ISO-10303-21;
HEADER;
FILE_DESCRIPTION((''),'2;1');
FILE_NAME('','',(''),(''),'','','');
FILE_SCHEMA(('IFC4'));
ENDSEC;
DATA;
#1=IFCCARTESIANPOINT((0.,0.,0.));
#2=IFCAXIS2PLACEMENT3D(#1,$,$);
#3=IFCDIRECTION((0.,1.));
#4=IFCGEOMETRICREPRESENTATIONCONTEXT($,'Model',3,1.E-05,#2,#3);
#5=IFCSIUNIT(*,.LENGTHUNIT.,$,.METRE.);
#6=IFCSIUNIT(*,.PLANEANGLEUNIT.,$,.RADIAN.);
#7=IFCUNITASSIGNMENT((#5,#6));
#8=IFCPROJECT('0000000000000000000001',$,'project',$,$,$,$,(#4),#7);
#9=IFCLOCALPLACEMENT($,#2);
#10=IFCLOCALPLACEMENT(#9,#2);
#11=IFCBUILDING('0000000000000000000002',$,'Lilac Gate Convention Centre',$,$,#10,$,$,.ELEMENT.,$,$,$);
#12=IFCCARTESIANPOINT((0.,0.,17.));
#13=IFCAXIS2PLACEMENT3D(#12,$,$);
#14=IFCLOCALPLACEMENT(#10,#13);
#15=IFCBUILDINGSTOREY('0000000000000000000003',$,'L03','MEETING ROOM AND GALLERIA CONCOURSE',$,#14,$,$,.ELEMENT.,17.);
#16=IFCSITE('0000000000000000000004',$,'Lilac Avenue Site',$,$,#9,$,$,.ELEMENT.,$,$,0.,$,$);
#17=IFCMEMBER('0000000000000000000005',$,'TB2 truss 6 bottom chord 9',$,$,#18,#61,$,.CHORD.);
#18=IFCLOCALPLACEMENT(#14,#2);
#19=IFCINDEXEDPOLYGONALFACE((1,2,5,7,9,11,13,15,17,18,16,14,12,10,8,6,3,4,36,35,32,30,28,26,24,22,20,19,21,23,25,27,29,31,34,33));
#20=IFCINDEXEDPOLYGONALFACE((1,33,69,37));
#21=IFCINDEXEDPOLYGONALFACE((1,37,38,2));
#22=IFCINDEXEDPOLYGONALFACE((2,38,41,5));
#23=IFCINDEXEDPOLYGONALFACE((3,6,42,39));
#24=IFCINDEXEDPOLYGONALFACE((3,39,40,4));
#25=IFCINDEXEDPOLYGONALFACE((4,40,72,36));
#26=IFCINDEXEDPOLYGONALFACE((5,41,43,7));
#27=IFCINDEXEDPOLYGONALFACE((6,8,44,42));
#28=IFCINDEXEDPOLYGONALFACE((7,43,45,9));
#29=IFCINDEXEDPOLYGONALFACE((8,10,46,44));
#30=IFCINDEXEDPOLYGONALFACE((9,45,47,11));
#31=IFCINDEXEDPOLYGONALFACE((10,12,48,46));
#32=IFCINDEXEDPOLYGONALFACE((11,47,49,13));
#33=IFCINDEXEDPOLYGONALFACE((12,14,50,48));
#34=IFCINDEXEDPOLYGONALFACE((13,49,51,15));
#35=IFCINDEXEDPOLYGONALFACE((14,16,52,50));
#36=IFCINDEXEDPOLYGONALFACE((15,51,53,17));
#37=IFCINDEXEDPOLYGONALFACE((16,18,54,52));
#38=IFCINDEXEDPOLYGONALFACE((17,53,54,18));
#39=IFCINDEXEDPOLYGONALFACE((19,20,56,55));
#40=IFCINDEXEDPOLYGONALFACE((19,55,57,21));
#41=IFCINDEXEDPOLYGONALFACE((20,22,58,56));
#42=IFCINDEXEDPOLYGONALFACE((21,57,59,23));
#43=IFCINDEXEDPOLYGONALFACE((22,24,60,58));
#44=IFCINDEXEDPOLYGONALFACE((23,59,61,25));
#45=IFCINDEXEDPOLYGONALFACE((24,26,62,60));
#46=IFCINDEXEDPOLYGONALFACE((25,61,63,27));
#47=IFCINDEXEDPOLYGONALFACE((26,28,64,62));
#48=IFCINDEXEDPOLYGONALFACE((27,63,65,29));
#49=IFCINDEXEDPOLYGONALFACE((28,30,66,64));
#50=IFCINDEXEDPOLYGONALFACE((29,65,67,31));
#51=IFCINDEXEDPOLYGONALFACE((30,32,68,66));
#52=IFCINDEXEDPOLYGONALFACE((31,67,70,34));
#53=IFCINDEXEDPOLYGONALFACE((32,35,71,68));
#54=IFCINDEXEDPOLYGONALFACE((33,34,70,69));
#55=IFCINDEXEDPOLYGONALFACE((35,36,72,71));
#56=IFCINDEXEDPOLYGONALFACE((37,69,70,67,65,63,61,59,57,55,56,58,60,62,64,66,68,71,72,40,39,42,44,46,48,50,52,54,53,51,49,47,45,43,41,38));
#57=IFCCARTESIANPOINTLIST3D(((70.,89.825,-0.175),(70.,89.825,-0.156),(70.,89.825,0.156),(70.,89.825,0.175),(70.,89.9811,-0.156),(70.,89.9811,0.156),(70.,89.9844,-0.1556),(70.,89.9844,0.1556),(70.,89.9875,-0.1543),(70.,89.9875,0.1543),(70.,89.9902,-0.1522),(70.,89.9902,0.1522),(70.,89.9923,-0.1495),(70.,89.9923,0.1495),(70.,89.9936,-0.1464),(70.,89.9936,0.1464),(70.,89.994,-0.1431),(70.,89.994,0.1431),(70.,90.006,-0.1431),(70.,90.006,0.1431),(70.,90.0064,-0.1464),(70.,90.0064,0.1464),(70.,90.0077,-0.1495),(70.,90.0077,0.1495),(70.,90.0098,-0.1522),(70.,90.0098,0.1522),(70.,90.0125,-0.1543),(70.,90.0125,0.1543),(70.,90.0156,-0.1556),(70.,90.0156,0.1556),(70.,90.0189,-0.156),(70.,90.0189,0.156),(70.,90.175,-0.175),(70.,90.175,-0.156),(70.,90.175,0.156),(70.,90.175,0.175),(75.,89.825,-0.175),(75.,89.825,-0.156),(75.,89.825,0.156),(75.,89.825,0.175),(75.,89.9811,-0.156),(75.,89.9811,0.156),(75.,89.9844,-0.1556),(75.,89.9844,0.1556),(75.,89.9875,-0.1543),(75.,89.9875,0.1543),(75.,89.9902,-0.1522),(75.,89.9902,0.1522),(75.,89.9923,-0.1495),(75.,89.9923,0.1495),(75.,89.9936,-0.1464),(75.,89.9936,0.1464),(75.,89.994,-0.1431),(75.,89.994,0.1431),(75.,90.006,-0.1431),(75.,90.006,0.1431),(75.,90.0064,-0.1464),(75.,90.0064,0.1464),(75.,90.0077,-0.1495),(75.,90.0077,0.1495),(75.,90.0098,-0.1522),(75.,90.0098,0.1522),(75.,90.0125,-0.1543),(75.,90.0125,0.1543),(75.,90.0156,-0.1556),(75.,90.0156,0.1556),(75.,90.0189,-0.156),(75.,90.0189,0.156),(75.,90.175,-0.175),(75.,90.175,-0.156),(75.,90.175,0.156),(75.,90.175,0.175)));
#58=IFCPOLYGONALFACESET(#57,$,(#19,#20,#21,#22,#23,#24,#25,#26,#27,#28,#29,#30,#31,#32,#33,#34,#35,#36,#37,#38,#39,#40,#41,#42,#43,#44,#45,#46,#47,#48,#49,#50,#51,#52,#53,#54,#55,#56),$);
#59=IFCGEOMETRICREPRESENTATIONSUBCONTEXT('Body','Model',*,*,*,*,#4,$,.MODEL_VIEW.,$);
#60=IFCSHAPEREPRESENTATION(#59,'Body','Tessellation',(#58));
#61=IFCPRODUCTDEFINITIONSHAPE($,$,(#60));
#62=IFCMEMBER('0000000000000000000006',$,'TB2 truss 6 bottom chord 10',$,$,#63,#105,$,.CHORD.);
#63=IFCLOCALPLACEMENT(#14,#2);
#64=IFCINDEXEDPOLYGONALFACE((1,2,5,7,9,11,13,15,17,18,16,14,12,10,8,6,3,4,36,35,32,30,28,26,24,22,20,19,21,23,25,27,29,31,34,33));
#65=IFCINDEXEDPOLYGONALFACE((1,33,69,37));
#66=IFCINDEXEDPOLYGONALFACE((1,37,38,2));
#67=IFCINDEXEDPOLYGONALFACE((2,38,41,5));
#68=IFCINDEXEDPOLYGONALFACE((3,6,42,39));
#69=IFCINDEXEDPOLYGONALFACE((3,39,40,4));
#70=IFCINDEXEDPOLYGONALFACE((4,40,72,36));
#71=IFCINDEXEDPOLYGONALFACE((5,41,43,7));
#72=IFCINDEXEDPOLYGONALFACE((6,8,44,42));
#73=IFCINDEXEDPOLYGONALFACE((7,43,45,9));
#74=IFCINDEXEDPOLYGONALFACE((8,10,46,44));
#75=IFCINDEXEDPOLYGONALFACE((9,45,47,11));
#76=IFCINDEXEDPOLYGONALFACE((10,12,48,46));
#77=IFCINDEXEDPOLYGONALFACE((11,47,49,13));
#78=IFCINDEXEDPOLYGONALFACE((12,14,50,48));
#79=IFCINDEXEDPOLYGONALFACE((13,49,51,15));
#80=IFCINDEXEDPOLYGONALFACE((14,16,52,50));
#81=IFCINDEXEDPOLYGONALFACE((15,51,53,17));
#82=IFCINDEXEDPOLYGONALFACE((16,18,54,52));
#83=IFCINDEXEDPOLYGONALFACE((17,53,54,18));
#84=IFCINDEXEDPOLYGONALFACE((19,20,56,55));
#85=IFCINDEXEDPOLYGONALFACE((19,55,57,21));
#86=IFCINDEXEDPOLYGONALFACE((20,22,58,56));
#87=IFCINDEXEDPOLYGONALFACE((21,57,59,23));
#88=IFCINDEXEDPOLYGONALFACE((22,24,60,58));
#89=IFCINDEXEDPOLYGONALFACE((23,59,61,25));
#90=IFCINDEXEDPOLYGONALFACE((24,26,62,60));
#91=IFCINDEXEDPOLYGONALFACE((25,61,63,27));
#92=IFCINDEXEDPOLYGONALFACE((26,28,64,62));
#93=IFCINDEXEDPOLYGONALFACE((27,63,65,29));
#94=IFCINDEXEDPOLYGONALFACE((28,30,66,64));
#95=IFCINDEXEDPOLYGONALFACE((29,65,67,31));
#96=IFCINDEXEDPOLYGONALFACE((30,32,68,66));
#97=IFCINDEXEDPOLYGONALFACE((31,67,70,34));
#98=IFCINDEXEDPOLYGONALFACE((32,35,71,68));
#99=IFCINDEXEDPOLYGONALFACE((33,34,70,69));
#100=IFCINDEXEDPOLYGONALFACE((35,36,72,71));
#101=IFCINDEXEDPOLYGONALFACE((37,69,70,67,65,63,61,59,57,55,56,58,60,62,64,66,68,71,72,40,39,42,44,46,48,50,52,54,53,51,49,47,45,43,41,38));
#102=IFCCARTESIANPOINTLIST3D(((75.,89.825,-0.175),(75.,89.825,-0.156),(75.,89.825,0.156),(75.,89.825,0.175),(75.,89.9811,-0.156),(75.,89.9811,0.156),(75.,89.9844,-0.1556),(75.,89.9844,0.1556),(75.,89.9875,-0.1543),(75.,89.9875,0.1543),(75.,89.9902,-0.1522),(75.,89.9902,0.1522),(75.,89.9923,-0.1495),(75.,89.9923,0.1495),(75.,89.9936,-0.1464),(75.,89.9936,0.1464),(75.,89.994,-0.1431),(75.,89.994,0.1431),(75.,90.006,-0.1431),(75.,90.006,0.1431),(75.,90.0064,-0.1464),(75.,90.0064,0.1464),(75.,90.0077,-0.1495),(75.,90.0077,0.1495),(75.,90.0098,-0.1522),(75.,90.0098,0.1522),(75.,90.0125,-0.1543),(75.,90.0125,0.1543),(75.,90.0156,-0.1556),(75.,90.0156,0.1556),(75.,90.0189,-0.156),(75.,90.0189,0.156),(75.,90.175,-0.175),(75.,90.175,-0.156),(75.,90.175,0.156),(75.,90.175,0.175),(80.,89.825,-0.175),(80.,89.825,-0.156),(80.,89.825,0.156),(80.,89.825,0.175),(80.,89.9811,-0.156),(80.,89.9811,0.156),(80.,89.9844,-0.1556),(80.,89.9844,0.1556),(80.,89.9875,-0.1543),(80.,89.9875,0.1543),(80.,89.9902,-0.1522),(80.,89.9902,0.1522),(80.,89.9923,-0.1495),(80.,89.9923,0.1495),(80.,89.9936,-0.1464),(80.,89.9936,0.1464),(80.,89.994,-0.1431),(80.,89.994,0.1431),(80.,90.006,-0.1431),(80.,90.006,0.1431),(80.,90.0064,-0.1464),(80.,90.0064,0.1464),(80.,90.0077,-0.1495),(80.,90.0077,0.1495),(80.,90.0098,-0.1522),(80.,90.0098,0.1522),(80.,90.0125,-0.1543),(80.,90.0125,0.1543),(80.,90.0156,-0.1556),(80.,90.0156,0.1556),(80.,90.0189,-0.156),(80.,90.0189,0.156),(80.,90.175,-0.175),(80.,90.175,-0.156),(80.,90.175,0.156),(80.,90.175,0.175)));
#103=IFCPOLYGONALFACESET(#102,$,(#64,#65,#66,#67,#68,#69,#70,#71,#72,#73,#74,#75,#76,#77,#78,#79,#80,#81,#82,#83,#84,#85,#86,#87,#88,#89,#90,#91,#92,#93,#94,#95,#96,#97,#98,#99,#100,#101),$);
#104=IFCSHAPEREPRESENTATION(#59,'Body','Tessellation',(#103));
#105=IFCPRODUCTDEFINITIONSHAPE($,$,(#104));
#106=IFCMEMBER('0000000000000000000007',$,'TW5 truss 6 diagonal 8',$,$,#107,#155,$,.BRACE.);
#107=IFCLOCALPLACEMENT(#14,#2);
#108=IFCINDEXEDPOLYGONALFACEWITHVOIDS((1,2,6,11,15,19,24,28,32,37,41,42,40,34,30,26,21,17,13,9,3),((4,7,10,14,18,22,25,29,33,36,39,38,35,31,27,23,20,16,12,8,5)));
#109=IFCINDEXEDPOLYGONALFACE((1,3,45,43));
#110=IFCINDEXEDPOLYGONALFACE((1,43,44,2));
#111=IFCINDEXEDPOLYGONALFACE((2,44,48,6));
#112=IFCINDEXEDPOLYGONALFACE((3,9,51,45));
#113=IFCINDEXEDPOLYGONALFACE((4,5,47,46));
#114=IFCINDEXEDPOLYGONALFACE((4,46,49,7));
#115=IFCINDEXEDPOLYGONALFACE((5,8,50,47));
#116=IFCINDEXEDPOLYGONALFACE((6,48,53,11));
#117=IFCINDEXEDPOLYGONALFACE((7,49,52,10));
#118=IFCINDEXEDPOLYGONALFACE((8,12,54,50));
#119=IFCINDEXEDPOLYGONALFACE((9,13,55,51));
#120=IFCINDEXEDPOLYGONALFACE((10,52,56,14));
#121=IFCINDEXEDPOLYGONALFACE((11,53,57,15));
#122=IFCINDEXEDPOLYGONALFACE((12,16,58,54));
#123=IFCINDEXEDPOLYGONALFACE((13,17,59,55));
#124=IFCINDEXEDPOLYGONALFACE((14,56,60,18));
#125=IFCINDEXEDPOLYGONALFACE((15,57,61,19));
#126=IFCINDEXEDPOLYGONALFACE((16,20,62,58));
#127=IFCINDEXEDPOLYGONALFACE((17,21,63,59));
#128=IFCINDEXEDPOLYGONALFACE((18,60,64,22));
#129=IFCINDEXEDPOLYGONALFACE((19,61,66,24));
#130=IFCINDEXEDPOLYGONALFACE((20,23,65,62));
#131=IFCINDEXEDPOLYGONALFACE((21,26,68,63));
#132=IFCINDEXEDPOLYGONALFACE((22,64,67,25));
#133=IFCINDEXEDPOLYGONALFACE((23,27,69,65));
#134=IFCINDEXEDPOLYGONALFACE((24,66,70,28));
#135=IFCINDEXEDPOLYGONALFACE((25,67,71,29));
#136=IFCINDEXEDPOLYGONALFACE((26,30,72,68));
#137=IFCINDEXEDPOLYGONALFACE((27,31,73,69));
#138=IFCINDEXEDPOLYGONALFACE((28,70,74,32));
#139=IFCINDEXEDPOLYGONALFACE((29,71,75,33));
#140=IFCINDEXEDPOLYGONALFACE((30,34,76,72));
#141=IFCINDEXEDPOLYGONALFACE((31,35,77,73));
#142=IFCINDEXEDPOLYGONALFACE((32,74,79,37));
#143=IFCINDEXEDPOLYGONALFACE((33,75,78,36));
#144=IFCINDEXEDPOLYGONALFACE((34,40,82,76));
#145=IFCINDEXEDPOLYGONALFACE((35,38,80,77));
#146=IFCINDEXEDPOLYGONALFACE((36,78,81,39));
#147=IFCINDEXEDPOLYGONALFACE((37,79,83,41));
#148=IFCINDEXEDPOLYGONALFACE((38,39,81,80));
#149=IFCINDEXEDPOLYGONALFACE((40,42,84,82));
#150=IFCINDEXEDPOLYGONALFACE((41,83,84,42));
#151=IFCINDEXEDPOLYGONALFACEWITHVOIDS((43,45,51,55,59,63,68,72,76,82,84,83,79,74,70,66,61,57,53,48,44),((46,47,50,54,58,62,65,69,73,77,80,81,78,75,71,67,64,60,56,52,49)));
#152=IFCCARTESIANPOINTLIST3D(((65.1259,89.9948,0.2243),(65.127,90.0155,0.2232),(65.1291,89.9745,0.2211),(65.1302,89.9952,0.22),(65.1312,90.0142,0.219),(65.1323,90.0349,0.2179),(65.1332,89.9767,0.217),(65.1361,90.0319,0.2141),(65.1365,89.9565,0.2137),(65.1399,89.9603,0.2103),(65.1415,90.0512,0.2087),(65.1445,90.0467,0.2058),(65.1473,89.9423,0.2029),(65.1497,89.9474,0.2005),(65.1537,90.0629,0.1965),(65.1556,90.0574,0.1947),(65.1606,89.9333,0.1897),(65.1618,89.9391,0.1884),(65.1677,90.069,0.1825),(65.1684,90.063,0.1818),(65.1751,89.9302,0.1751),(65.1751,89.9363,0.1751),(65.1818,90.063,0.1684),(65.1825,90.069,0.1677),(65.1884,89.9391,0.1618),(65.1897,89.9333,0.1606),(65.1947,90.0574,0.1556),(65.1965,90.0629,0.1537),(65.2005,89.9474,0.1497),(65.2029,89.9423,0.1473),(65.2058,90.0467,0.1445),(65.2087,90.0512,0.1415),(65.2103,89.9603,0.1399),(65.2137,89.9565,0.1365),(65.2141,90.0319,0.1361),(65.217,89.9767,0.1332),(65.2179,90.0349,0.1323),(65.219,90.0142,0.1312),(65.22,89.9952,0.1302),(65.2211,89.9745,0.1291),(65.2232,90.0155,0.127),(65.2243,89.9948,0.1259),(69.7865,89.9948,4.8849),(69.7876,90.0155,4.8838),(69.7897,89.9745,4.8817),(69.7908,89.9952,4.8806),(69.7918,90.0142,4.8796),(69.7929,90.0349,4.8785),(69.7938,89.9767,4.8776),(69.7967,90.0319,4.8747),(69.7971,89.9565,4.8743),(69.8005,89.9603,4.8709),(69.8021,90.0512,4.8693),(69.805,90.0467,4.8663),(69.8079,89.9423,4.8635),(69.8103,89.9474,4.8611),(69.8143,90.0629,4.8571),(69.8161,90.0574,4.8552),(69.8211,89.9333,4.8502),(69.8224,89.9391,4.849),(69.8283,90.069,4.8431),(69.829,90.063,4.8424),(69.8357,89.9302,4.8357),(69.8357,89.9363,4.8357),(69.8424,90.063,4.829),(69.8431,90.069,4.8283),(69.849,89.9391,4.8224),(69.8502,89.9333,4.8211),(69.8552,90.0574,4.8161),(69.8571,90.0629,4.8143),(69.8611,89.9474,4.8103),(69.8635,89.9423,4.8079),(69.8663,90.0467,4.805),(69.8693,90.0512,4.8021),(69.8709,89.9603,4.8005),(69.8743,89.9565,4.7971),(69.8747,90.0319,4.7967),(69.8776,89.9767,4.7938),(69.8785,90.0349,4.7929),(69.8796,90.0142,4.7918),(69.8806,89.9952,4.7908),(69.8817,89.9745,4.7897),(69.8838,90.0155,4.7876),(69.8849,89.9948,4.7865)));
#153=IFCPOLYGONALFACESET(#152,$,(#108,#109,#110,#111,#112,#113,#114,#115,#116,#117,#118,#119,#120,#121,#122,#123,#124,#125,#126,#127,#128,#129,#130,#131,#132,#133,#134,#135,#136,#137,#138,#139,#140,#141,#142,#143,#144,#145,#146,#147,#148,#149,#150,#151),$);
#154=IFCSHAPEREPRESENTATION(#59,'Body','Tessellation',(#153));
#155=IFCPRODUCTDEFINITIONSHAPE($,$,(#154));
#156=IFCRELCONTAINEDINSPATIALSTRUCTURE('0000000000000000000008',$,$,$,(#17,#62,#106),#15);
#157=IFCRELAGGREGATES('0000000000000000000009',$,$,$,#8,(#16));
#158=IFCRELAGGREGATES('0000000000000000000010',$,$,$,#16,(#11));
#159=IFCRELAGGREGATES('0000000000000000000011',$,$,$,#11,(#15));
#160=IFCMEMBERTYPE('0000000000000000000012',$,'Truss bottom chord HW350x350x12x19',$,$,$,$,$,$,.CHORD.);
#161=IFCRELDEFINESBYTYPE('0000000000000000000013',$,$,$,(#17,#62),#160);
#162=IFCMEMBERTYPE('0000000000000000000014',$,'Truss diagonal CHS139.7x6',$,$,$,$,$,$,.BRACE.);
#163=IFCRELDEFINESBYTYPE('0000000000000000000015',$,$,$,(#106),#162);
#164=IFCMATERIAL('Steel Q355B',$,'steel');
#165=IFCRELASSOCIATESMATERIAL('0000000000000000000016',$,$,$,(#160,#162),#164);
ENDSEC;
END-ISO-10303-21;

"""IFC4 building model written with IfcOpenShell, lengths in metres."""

from ifc_helpers import new_model, si_unit, direction, frame, origin, origin_2d, place, context, subcontext, project, spatial, hollow_circle, i_section, extrude, material, material_profile, profile_set, type_object, element, save


model = new_model("IFC4")

# Units and contexts
model_context = context("Model", 3, precision=1e-05, world=origin(), true_north=direction((0.0, 1.0)))
body_context = subcontext(model_context, "Body", "Model", "MODEL_VIEW")
ifc_project = project(units=[si_unit("LENGTHUNIT", "METRE"), si_unit("PLANEANGLEUNIT", "RADIAN")], contexts=[model_context])

# Site, building, storey
site_placement = place(None, origin())
site = spatial("IfcSite", under=ifc_project, at=site_placement, Name="Lilac Avenue Site", CompositionType="ELEMENT", RefElevation=0.0)
building_placement = place(site_placement, origin())
building = spatial("IfcBuilding", under=site, at=building_placement, Name="Lilac Gate Convention Centre", CompositionType="ELEMENT")
storey_placement = place(building_placement, frame((0.0, 0.0, 17.0)))
storey = spatial("IfcBuildingStorey", under=building, at=storey_placement, Name="L03", Description="MEETING ROOM AND GALLERIA CONCOURSE", CompositionType="ELEMENT", Elevation=17.0)

# Members
ifc_material = material(Name="Steel Q355B", Category="steel")
ifc_material_profile_1 = material_profile(ifc_material, i_section(OverallWidth=0.3501, OverallDepth=0.3501, WebThickness=0.012, FlangeThickness=0.019, FilletRadius=0.0129, at=origin_2d()), Name="HW350x350x12x19")
ifc_profile_set_1 = profile_set([ifc_material_profile_1], Name="Steel Q355B")
member_type_1 = type_object("IfcMemberType", Name="Truss bottom chord HW350x350x12x19", PredefinedType="CHORD", material=ifc_profile_set_1)
for number, where, z_axis, x_axis, name in (
    (1, (70.0, 90.0, 0.0), (1.0, 0.0, 0.0), (0.0, 1.0, 0.0), "TB2 truss 6 bottom chord 9"),
    (2, (75.0, 90.0, 0.0), (1.0, 0.0, 0.0), (0.0, 1.0, 0.0), "TB2 truss 6 bottom chord 10"),
):
    element("IfcMember", number, at=place(storey_placement, frame(where, z_axis=z_axis, x_axis=x_axis)), inside=storey, type_object=member_type_1, Name=name, PredefinedType="CHORD", context=body_context, shape_type="SweptSolid", body=[
        extrude(i_section(OverallWidth=0.3501, OverallDepth=0.3501, WebThickness=0.012, FlangeThickness=0.019, FilletRadius=0.0129, at=origin_2d()), origin(), (0.0, 0.0, 1.0), 5.0),
    ])
ifc_material_profile_2 = material_profile(ifc_material, hollow_circle(Radius=0.0698, WallThickness=0.0061, at=origin_2d()), Name="CHS139.7x6")
ifc_profile_set_2 = profile_set([ifc_material_profile_2], Name="Steel Q355B")
member_type_2 = type_object("IfcMemberType", Name="Truss diagonal CHS139.7x6", PredefinedType="BRACE", material=ifc_profile_set_2)
member_1_placement = place(storey_placement, frame((69.8357, 90.0, 4.8357), z_axis=(-0.707107, 0.0, -0.707107), x_axis=(0.0, -1.0, 0.0)))
element("IfcMember", 3, at=member_1_placement, inside=storey, type_object=member_type_2, Name="TW5 truss 6 diagonal 8", PredefinedType="BRACE", context=body_context, shape_type="SweptSolid", body=[
    extrude(hollow_circle(Radius=0.0698, WallThickness=0.0061, at=origin_2d()), origin(), (0.0, 0.0, 1.0), 6.5911),
])

save(model, "model.ifc")
